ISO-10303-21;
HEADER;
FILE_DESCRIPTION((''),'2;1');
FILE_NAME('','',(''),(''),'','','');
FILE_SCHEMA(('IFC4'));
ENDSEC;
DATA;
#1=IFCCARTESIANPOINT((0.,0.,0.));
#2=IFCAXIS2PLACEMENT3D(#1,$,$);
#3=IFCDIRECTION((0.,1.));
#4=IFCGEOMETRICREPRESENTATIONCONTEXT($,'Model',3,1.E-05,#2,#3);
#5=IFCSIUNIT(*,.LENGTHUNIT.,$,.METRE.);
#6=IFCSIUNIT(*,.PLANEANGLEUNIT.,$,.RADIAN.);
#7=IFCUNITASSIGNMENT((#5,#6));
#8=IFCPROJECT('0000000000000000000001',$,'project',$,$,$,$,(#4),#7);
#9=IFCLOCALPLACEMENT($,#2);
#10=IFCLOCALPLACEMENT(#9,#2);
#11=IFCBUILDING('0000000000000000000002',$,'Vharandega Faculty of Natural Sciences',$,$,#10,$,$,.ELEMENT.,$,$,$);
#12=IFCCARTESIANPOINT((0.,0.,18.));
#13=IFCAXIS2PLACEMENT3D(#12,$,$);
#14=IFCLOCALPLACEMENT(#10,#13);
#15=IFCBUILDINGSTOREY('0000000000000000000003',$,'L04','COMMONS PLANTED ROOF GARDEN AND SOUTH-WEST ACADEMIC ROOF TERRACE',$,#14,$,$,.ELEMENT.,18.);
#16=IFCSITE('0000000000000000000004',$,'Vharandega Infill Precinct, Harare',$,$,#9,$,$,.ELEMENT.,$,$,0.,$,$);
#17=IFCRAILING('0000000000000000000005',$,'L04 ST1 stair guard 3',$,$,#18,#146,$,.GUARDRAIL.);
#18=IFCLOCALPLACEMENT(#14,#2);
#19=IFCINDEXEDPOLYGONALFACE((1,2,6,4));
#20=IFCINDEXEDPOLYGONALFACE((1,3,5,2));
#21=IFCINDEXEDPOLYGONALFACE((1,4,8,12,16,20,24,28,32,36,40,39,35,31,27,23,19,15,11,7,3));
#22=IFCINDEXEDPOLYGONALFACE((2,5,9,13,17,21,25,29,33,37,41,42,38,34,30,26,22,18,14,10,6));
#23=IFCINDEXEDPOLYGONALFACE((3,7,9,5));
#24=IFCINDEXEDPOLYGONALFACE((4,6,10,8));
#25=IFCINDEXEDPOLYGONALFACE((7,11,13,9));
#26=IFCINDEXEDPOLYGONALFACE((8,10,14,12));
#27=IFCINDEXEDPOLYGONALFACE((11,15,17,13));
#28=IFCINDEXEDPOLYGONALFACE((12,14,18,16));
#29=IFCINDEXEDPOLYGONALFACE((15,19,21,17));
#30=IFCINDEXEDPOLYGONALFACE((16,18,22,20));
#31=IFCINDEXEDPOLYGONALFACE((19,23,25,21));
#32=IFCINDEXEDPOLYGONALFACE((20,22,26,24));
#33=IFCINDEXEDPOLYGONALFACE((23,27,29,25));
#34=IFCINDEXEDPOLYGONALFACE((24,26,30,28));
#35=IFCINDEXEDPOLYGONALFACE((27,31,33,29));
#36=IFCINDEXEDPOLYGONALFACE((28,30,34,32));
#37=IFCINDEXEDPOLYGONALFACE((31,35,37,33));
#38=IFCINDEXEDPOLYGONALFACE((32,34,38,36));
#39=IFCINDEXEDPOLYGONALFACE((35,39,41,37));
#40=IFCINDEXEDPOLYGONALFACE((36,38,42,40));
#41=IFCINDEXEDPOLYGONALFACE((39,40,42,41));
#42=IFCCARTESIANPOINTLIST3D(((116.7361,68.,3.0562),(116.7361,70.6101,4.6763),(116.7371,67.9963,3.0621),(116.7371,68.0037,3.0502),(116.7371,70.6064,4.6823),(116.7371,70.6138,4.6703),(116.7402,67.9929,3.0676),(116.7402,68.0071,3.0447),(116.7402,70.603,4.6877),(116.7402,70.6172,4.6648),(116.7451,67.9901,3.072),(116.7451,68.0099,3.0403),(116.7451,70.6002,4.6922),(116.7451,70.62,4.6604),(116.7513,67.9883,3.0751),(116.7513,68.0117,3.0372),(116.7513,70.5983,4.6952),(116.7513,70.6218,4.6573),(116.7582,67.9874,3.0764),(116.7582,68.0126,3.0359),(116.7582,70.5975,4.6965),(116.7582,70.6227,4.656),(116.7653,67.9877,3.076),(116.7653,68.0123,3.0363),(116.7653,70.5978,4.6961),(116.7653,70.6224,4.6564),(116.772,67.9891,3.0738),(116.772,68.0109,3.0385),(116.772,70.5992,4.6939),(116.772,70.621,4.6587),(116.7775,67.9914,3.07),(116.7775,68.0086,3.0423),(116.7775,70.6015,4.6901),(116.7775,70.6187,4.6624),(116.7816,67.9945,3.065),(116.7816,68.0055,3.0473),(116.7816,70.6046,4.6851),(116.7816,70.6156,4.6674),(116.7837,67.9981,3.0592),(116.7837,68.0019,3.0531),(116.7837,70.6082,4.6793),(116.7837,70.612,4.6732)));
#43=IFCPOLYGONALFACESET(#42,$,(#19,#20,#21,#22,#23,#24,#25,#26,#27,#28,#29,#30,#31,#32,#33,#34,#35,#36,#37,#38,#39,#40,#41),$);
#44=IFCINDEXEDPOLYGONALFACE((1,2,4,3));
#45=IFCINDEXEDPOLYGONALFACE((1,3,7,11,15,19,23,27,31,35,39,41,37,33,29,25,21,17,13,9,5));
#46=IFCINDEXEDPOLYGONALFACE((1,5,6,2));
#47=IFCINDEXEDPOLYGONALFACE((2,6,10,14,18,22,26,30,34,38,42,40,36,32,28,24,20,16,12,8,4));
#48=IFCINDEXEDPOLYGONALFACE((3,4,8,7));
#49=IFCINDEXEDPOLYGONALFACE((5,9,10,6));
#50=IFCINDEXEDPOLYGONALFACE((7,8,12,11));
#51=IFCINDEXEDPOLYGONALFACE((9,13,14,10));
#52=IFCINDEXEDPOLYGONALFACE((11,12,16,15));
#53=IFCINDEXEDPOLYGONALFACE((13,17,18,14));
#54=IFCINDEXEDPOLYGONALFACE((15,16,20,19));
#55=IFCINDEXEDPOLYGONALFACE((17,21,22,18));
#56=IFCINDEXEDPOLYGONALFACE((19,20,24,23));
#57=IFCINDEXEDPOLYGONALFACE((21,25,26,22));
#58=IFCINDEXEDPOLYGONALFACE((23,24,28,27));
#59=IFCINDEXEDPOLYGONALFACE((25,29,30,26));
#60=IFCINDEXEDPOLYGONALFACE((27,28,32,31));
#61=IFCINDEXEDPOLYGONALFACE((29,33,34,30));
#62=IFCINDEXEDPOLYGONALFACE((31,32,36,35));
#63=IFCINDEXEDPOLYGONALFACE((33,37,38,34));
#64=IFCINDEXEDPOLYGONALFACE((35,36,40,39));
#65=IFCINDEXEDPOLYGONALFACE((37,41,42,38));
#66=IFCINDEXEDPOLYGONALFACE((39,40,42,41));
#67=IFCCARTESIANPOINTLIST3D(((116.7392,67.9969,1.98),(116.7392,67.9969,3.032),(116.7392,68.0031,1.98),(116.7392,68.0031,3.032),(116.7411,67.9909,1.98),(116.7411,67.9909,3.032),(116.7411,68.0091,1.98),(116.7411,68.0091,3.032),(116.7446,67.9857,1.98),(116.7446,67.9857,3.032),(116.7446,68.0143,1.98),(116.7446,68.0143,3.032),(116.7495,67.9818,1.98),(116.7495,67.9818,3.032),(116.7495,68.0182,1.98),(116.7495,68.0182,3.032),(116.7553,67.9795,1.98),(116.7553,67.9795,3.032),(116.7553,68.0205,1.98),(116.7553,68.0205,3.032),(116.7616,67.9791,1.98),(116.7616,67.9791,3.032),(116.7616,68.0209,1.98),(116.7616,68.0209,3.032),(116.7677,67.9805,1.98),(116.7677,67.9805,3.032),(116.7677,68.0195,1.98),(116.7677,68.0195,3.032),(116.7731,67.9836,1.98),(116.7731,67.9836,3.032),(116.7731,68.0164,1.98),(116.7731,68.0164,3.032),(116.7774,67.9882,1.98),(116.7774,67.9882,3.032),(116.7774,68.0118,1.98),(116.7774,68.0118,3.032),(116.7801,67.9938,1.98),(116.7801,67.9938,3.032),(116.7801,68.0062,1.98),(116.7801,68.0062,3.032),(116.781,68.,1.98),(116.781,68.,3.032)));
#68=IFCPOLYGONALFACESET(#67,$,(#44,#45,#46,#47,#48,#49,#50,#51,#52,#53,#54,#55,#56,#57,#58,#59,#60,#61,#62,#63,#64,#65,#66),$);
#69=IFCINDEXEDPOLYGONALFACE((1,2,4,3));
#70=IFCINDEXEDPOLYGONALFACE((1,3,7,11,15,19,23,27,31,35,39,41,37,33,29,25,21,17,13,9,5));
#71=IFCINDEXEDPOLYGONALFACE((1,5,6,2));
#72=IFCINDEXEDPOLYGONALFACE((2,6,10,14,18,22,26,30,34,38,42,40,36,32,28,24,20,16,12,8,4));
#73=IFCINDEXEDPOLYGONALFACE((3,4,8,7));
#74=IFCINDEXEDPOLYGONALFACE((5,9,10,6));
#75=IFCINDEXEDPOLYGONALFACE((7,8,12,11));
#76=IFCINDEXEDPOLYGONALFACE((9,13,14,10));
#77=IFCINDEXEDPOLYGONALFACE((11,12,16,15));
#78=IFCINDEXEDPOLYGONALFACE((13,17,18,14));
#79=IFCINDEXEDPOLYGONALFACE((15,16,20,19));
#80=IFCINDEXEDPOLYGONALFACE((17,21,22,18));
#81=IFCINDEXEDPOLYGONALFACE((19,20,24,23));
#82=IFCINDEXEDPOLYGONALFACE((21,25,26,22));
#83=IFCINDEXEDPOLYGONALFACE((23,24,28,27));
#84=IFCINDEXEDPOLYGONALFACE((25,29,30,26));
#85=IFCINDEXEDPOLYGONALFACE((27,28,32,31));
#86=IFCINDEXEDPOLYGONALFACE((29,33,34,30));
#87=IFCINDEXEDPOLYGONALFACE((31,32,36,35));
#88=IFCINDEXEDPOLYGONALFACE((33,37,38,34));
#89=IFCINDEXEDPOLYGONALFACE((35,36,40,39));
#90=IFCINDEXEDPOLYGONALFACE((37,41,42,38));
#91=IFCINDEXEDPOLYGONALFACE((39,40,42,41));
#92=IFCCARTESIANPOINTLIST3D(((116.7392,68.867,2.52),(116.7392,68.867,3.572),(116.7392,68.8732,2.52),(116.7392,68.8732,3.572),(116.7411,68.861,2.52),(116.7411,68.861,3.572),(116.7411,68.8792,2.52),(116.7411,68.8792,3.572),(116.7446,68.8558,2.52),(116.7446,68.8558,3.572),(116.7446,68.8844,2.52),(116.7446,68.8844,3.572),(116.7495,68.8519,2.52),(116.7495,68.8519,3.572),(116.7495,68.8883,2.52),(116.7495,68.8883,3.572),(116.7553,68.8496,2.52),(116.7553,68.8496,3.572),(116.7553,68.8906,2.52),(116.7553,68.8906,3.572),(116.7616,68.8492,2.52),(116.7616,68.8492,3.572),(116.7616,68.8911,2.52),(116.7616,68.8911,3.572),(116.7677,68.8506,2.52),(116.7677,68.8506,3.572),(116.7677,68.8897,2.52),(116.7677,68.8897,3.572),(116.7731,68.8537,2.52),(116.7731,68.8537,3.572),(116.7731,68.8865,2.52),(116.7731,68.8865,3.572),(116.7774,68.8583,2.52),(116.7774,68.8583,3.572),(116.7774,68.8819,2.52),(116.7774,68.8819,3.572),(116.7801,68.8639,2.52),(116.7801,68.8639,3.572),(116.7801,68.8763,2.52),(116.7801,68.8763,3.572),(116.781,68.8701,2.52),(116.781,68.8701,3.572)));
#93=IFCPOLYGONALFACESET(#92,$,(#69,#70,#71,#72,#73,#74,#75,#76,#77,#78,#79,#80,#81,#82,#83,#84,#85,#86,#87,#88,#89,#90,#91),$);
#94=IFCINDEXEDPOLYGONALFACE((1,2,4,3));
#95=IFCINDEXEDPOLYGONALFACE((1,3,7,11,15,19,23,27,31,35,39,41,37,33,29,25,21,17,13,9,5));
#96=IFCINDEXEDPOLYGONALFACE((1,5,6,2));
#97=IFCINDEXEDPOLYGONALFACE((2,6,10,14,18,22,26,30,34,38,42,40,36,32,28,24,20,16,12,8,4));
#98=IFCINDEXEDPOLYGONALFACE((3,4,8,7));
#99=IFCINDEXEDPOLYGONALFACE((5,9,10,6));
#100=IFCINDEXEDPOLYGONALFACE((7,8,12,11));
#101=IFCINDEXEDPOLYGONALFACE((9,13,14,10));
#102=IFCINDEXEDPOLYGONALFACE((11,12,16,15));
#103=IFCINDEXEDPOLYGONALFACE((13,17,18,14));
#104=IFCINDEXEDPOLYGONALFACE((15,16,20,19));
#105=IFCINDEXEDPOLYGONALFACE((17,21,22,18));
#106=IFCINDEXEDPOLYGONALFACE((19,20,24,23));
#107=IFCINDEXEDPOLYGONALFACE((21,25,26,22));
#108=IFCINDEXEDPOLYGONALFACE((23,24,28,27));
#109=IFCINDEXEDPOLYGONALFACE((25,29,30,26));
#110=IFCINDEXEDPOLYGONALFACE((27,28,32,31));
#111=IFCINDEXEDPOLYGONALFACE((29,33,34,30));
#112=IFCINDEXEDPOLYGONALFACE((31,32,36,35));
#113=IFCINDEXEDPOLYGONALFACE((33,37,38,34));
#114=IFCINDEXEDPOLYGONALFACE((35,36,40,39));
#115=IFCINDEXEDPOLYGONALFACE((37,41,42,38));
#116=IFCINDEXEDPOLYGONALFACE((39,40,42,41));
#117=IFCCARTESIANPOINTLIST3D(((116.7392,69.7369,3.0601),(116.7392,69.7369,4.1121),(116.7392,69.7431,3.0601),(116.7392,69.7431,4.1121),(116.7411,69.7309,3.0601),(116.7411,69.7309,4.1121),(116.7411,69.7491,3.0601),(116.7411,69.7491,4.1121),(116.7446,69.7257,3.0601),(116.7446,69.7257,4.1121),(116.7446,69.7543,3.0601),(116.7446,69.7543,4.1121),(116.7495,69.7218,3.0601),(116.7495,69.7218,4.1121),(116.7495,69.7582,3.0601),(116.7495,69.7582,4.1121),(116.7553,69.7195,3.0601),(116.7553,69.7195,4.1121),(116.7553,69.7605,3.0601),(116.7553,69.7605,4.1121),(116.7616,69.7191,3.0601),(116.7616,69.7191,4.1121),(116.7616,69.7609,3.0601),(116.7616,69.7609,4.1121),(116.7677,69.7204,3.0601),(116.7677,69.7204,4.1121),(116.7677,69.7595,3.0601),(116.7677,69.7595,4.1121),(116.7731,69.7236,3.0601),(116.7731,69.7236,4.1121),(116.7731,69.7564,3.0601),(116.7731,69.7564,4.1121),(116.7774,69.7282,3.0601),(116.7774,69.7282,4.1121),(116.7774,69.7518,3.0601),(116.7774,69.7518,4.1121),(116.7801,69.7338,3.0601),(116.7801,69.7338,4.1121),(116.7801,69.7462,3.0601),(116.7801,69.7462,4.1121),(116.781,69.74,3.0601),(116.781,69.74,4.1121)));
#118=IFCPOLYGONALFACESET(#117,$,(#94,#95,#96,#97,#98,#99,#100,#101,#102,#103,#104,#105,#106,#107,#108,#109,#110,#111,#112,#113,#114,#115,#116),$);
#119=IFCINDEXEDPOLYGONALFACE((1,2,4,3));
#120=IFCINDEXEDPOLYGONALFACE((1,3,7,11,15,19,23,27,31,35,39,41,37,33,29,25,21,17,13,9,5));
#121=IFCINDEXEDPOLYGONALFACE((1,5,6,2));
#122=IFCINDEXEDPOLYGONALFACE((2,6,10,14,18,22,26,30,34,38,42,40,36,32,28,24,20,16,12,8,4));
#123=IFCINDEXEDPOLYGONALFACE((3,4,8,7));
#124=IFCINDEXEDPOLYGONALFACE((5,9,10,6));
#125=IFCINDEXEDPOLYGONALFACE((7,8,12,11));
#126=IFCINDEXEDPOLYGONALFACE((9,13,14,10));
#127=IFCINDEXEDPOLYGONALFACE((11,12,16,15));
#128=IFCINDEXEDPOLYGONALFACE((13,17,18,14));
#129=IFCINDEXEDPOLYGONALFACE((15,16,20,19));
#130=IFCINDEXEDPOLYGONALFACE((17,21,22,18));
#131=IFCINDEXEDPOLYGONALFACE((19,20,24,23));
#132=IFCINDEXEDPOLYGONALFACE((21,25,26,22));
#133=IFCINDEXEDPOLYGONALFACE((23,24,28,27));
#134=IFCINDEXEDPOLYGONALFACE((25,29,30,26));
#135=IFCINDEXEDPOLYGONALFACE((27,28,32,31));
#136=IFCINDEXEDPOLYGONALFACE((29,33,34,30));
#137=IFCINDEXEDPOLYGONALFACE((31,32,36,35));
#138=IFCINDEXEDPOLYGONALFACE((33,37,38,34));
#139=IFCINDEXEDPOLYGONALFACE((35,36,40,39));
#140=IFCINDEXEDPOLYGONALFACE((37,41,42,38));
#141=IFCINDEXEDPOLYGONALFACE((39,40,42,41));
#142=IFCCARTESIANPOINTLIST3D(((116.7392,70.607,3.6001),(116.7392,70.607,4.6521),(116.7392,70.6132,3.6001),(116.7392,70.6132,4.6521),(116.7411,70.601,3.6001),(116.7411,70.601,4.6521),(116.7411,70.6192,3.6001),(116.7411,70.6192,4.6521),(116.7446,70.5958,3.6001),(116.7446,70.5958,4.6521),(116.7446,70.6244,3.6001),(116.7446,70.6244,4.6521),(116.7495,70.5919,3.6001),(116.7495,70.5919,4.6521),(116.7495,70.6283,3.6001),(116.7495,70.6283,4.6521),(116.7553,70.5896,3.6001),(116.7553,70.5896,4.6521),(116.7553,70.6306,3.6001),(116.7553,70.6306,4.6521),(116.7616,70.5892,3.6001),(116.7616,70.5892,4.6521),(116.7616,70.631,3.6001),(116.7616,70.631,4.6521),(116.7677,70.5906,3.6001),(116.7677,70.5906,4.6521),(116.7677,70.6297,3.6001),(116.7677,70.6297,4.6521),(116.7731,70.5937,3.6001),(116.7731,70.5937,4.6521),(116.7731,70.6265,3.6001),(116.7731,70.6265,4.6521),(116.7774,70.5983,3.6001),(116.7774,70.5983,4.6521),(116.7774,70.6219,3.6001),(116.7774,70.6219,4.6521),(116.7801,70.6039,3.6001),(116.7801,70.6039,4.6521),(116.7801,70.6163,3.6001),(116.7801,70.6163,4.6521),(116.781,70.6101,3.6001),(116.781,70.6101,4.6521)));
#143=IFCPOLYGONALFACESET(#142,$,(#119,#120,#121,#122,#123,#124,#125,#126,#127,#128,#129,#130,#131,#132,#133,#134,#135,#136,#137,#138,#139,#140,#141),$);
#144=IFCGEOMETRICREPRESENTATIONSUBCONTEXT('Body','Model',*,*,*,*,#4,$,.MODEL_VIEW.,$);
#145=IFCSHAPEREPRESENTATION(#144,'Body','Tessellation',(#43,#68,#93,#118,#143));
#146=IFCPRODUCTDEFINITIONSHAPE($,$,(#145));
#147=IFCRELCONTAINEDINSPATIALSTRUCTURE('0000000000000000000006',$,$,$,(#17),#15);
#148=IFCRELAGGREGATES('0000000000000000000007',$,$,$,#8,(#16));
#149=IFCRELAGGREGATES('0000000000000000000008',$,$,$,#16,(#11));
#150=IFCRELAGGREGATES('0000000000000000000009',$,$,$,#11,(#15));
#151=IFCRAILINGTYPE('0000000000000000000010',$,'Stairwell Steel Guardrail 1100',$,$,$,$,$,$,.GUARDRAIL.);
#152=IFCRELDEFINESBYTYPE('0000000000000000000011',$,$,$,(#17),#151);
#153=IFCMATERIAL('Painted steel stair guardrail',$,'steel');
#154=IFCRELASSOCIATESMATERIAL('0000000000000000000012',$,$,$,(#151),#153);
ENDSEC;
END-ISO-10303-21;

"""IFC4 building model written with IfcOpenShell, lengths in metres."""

from ifc_helpers import new_model, si_unit, direction, frame, origin, origin_2d, place, context, subcontext, project, spatial, circle, extrude, material, type_object, element, save


model = new_model("IFC4")

# Units and contexts
model_context = context("Model", 3, precision=1e-05, world=origin(), true_north=direction((0.0, 1.0)))
body_context = subcontext(model_context, "Body", "Model", "MODEL_VIEW")
ifc_project = project(units=[si_unit("LENGTHUNIT", "METRE"), si_unit("PLANEANGLEUNIT", "RADIAN")], contexts=[model_context])

# Site, building, storey
site_placement = place(None, origin())
site = spatial("IfcSite", under=ifc_project, at=site_placement, Name="Vharandega Infill Precinct, Harare", CompositionType="ELEMENT", RefElevation=0.0)
building_placement = place(site_placement, origin())
building = spatial("IfcBuilding", under=site, at=building_placement, Name="Vharandega Faculty of Natural Sciences", CompositionType="ELEMENT")
storey_placement = place(building_placement, frame((0.0, 0.0, 18.0)))
storey = spatial("IfcBuildingStorey", under=building, at=storey_placement, Name="L04", Description="COMMONS PLANTED ROOF GARDEN AND SOUTH-WEST ACADEMIC ROOF TERRACE", CompositionType="ELEMENT", Elevation=18.0)

# Railing
ifc_material_1 = material(Name="Painted steel stair guardrail", Category="steel")
railing_type_1 = type_object("IfcRailingType", Name="Stairwell Steel Guardrail 1100", PredefinedType="GUARDRAIL", material=ifc_material_1)
railing_1_placement = place(storey_placement, frame((116.76, 68.0, 1.98)))
element("IfcRailing", 1, at=railing_1_placement, inside=storey, type_object=railing_type_1, Name="L04 ST1 stair guard 3", PredefinedType="GUARDRAIL", context=body_context, shape_type="SweptSolid", body=[
    extrude(circle(Radius=0.0239, at=origin_2d()), frame((0.0, 0.0, 1.0762), z_axis=(0.0, 0.849633, 0.527375), x_axis=(-1.0, 0.0, 0.0)), (0.0, 0.0, 1.0), 3.072),
    extrude(circle(Radius=0.021, at=origin_2d()), origin(), (0.0, 0.0, 1.0), 1.052),
    extrude(circle(Radius=0.021, at=origin_2d()), frame((0.0, 0.8701, 0.54)), (0.0, 0.0, 1.0), 1.052),
    extrude(circle(Radius=0.021, at=origin_2d()), frame((0.0, 1.74, 1.0801)), (0.0, 0.0, 1.0), 1.052),
    extrude(circle(Radius=0.021, at=origin_2d()), frame((0.0, 2.6101, 1.6201)), (0.0, 0.0, 1.0), 1.052),
])

save(model, "model.ifc")
